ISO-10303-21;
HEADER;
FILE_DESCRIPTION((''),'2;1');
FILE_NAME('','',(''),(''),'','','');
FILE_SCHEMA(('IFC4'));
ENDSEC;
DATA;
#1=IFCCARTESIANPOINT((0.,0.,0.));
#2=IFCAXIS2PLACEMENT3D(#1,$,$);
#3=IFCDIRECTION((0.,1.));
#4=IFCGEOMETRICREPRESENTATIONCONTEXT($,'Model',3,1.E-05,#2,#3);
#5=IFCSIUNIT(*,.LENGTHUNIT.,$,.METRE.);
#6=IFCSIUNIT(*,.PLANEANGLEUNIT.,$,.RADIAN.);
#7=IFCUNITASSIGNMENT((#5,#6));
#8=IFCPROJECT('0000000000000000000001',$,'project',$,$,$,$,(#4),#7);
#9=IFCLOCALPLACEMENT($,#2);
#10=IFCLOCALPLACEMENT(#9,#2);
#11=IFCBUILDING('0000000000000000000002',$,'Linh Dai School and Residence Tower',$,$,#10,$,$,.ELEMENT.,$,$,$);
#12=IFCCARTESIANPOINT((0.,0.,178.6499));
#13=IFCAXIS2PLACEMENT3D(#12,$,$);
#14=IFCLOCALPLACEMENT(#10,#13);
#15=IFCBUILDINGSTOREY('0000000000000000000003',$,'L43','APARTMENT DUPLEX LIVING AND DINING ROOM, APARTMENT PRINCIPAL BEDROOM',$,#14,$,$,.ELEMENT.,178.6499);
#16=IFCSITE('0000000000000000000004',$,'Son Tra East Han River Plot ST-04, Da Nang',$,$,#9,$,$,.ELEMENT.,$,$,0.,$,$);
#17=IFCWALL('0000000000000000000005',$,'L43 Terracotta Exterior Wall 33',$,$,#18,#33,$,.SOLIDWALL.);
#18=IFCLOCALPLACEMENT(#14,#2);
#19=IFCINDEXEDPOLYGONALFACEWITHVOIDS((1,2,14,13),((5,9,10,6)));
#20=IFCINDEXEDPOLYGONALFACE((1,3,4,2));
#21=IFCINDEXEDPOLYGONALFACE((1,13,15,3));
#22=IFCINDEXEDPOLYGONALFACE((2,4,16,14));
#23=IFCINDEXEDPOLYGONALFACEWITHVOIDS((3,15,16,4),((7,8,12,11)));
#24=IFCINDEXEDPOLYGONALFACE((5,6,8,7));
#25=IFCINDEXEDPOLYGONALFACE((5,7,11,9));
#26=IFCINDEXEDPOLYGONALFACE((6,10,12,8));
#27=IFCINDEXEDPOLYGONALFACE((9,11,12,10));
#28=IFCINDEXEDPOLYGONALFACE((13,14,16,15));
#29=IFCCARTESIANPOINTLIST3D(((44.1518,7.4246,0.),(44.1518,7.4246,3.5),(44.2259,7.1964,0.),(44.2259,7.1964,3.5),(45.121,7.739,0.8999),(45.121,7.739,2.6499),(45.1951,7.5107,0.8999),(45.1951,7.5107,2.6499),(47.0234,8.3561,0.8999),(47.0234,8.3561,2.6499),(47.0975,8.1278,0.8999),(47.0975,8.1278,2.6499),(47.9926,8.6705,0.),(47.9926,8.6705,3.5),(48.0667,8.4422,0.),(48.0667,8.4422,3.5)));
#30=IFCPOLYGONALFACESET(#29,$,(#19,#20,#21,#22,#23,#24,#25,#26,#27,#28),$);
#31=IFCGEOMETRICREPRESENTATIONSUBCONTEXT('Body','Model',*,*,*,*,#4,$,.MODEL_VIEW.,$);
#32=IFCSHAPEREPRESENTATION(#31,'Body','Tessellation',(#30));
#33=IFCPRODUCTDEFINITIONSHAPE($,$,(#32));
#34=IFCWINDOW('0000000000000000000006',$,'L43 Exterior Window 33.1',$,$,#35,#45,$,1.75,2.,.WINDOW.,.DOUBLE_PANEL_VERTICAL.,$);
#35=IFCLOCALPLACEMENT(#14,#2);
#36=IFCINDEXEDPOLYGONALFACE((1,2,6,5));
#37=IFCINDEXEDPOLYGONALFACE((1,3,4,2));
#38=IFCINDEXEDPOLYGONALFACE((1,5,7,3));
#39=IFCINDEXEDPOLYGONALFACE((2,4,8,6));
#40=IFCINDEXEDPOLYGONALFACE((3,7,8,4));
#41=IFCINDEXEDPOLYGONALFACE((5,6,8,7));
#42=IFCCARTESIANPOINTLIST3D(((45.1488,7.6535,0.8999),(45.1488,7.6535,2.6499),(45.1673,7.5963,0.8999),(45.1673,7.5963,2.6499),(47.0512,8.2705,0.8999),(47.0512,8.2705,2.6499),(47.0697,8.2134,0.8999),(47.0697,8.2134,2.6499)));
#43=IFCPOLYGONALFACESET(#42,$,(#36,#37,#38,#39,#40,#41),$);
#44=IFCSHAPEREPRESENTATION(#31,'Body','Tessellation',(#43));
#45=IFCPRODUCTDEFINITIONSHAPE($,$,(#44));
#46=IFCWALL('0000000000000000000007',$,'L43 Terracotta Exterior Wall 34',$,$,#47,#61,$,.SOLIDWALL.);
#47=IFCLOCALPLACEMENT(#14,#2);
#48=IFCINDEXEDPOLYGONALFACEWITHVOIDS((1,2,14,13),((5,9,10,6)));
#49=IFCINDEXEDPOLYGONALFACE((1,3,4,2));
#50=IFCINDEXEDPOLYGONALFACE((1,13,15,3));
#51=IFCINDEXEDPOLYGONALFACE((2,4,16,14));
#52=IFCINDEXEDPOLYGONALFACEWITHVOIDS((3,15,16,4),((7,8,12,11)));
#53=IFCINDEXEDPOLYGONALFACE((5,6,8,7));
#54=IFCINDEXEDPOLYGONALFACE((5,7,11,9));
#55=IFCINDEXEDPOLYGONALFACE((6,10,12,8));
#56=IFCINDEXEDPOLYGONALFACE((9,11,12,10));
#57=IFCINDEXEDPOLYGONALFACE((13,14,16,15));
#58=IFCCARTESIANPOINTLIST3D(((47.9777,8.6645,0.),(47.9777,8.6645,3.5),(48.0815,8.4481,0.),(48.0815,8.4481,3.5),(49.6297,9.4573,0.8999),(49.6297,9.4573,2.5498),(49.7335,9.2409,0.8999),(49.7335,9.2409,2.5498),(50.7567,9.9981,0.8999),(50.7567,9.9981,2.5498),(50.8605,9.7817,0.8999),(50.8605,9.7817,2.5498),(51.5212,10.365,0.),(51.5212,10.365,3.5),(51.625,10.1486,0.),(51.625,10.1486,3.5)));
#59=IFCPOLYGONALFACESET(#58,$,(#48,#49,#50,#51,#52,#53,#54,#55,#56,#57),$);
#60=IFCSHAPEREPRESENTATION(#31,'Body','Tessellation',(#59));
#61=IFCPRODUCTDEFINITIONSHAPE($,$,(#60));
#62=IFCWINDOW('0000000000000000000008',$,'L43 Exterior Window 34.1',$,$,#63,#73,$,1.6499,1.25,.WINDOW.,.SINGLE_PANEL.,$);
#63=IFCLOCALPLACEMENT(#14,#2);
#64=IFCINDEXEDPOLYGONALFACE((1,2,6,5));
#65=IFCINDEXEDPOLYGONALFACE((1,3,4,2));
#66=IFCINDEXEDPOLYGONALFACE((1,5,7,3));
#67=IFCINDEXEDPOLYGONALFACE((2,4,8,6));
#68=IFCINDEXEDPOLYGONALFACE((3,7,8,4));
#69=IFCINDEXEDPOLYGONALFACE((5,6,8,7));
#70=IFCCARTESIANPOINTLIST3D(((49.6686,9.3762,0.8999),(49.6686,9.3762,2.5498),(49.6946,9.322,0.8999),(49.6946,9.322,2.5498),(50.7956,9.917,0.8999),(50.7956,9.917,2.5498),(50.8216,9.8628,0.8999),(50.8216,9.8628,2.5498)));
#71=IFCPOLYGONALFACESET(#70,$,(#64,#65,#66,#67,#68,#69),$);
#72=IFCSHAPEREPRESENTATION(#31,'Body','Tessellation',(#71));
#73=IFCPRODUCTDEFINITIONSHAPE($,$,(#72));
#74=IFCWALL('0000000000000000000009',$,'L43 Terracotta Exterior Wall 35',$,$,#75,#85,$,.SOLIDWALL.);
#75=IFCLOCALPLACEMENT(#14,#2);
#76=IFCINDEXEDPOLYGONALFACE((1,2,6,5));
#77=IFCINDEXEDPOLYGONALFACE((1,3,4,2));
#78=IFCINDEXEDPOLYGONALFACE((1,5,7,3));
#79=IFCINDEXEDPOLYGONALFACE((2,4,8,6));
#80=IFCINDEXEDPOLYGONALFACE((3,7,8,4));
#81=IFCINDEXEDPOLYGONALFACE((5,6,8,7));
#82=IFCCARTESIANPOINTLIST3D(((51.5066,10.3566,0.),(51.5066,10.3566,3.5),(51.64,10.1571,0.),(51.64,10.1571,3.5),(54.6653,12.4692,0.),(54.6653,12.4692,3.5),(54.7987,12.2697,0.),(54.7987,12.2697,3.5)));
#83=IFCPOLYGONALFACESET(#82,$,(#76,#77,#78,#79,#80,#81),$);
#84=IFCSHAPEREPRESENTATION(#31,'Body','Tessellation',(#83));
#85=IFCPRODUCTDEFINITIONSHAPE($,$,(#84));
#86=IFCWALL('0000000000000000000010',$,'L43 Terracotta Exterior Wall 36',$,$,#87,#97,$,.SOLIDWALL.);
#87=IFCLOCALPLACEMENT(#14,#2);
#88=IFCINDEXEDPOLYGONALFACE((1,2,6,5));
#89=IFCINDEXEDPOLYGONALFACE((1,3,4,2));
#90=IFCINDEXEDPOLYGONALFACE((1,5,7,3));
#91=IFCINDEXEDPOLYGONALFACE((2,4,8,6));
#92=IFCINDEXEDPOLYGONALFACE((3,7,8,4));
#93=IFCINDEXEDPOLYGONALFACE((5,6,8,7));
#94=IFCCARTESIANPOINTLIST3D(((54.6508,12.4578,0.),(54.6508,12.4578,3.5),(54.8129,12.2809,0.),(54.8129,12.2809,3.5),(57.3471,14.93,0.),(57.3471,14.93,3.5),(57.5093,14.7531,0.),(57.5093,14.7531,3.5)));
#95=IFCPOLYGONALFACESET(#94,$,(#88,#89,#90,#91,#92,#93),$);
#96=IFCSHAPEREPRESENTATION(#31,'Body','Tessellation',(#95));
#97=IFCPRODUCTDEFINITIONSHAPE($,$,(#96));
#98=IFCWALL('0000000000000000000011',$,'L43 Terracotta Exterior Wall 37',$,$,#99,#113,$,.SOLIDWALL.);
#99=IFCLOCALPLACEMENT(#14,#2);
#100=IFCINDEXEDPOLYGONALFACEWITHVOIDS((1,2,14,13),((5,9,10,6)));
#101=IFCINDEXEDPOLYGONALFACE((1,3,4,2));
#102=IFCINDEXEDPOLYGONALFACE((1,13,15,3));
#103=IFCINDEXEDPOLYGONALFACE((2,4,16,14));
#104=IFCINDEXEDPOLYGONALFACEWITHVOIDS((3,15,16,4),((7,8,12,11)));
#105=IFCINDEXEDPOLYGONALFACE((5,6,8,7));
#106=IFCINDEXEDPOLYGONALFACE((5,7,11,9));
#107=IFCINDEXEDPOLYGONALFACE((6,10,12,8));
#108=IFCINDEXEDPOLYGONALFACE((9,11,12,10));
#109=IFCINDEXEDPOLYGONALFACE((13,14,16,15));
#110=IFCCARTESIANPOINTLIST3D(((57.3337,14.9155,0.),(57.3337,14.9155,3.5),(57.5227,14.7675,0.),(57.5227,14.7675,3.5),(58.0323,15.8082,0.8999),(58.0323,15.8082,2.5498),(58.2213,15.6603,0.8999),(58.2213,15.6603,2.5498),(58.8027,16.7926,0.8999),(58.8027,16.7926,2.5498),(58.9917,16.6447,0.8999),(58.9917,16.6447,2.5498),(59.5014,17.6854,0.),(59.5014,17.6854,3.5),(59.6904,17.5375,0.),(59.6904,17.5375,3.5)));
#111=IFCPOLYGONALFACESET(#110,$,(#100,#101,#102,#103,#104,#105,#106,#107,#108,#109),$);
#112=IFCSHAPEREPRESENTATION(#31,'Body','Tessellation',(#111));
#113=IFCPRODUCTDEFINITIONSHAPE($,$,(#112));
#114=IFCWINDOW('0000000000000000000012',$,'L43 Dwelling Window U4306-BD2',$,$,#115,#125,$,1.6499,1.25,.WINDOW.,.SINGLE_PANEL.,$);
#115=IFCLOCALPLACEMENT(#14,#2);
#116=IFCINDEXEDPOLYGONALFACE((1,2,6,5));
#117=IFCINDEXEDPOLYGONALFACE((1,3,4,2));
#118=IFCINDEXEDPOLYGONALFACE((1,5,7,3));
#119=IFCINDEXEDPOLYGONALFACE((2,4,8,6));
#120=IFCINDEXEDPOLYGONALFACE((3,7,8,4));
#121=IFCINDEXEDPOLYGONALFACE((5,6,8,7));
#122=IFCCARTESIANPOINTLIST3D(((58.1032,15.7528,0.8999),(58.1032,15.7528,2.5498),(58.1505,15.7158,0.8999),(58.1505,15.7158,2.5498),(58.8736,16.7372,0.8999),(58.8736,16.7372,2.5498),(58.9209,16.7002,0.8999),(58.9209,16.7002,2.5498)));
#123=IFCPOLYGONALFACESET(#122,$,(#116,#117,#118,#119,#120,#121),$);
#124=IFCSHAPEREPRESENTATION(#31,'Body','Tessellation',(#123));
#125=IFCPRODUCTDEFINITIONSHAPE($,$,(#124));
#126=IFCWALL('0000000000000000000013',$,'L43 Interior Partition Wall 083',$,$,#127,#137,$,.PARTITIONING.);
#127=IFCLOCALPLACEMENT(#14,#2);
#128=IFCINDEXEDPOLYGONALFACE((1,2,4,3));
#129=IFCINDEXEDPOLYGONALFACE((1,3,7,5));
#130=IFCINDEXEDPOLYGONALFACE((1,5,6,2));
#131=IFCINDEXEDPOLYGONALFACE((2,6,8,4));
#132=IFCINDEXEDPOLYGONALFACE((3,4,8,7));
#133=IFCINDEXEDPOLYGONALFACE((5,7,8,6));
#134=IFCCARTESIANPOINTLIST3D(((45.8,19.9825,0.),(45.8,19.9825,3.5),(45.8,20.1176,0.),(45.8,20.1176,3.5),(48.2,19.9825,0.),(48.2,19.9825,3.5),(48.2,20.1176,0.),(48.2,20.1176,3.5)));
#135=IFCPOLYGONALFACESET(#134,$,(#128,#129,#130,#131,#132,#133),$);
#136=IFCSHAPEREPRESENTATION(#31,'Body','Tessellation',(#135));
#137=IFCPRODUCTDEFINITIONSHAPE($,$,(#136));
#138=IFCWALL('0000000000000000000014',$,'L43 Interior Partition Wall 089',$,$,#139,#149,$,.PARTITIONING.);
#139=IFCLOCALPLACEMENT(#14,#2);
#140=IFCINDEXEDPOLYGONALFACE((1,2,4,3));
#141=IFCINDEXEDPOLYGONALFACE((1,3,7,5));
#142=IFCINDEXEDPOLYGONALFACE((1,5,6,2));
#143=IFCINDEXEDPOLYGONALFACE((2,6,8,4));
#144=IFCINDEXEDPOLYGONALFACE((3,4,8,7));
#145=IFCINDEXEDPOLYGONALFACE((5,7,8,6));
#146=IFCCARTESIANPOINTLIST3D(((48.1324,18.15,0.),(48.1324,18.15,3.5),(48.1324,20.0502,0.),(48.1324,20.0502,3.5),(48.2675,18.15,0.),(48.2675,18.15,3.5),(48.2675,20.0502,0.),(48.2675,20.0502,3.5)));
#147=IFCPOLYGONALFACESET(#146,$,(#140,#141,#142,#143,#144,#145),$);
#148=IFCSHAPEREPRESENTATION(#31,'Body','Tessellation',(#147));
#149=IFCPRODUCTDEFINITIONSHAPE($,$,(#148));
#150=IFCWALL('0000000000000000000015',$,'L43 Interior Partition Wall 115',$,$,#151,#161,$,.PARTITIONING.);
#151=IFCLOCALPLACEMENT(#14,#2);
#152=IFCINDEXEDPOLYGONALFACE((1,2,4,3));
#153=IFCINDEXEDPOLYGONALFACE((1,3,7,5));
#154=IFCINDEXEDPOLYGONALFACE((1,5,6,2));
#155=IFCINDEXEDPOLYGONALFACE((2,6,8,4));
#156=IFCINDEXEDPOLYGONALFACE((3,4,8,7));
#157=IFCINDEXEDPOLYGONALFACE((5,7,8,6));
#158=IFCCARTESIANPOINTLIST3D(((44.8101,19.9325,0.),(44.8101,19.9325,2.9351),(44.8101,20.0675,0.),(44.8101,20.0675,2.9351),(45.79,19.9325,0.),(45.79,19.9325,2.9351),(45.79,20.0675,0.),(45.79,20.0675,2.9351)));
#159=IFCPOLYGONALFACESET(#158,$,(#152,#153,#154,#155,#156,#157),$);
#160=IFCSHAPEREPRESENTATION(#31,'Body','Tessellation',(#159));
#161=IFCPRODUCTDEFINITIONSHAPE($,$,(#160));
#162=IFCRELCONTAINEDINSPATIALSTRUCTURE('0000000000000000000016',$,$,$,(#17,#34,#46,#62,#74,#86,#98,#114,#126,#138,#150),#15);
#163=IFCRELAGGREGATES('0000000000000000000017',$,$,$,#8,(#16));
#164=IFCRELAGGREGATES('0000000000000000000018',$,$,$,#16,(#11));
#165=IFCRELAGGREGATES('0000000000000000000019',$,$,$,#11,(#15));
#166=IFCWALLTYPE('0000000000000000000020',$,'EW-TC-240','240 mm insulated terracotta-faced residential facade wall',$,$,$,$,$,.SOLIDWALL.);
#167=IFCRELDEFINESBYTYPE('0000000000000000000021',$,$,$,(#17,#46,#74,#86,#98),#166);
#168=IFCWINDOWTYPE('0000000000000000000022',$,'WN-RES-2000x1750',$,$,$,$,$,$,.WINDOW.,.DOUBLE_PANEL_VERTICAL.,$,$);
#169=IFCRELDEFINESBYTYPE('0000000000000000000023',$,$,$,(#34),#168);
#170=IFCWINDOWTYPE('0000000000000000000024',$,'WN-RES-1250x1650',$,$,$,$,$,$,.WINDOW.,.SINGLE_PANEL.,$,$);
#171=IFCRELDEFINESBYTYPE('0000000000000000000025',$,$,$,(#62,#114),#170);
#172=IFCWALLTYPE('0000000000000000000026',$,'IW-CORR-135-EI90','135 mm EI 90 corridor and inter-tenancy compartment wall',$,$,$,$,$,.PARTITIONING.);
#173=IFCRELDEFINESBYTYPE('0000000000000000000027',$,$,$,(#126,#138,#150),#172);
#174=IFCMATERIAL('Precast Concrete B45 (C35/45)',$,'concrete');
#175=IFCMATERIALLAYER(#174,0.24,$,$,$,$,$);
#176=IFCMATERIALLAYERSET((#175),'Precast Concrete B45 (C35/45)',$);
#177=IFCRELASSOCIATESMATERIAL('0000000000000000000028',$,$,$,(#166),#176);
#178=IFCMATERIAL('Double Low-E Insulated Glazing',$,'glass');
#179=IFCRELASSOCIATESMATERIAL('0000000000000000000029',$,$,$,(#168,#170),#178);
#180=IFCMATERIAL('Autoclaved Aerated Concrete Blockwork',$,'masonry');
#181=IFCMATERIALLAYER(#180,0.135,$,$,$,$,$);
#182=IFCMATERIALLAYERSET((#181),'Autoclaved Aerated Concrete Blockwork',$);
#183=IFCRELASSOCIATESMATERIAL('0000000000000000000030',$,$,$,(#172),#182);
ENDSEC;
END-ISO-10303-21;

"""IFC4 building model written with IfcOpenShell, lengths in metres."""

from ifc_helpers import new_model, si_unit, direction, frame, frame_2d, origin, origin_2d, place, context, subcontext, project, spatial, rectangle, extrude, source, transform, mapped, material, layer, layer_set, type_object, element, fill, save


model = new_model("IFC4")

# Units and contexts
model_context = context("Model", 3, precision=1e-05, world=origin(), true_north=direction((0.0, 1.0)))
body_context = subcontext(model_context, "Body", "Model", "MODEL_VIEW")
ifc_project = project(units=[si_unit("LENGTHUNIT", "METRE"), si_unit("PLANEANGLEUNIT", "RADIAN")], contexts=[model_context])

# Site, building, storey
site_placement = place(None, origin())
site = spatial("IfcSite", under=ifc_project, at=site_placement, Name="Son Tra East Han River Plot ST-04, Da Nang", CompositionType="ELEMENT", RefElevation=0.0)
building_placement = place(site_placement, origin())
building = spatial("IfcBuilding", under=site, at=building_placement, Name="Linh Dai School and Residence Tower", CompositionType="ELEMENT")
storey_placement = place(building_placement, frame((0.0, 0.0, 178.6499)))
storey = spatial("IfcBuildingStorey", under=building, at=storey_placement, Name="L43", Description="APARTMENT DUPLEX LIVING AND DINING ROOM, APARTMENT PRINCIPAL BEDROOM", CompositionType="ELEMENT", Elevation=178.6499)

# Shared definitions
ifc_material_1 = material(Name="Precast Concrete B45 (C35/45)", Category="concrete")

# Walls, openings, windows
ifc_layer_1 = layer(ifc_material_1, 0.24)
ifc_layer_set_1 = layer_set([ifc_layer_1], Name="Precast Concrete B45 (C35/45)")
wall_type_1 = type_object("IfcWallType", Name="EW-TC-240", Description="240 mm insulated terracotta-faced residential facade wall", PredefinedType="SOLIDWALL", material=ifc_layer_set_1)
wall_1_placement = place(storey_placement, frame((48.0298, 8.5564, 0.0), z_axis=(0.0, 0.0, 1.0), x_axis=(-0.95121, -0.308545, 0.0)))
wall_1 = element("IfcWall", 1, at=wall_1_placement, inside=storey, type_object=wall_type_1, Name="L43 Terracotta Exterior Wall 33", PredefinedType="SOLIDWALL", context=body_context, shape_type="SweptSolid", body=[
    extrude(rectangle(XDim=4.0378, YDim=0.24, at=frame_2d((2.019, 0.0))), origin(), (0.0, 0.0, 1.0), 3.5),
])
opening_1_placement = place(wall_1_placement, frame((1.019, 0.0, 0.8999)))
opening_1 = element("IfcOpeningElement", 2, at=opening_1_placement, cuts=wall_1, PredefinedType="OPENING", context=body_context, shape_type="SweptSolid", body=[
    extrude(rectangle(XDim=2.0, YDim=1.75, at=origin_2d()), frame((1.0, 0.1299, 0.875), z_axis=(0.0, -1.0, 0.0), x_axis=(1.0, 0.0, 0.0)), (0.0, 0.0, 1.0), 0.26),
])
ifc_material_2 = material(Name="Double Low-E Insulated Glazing", Category="glass")
window_type_1 = type_object("IfcWindowType", Name="WN-RES-2000x1750", PartitioningType="DOUBLE_PANEL_VERTICAL", PredefinedType="WINDOW", material=ifc_material_2)
shared_shape_1 = source(origin(), body_context, "Body", "SweptSolid", [
    extrude(rectangle(XDim=2.0, YDim=1.75, at=origin_2d()), frame((1.0, 0.03, 0.875), z_axis=(0.0, -1.0, 0.0), x_axis=(1.0, 0.0, 0.0)), (0.0, 0.0, 1.0), 0.0601),
])
window_1_placement = place(opening_1_placement, origin())
window_1 = element("IfcWindow", 3, at=window_1_placement, inside=storey, type_object=window_type_1, Name="L43 Exterior Window 33.1", OverallHeight=1.75, OverallWidth=2.0, PartitioningType="DOUBLE_PANEL_VERTICAL", PredefinedType="WINDOW", context=body_context, shape_type="MappedRepresentation", body=[
    mapped(shared_shape_1, transform((0.0, 0.0, 0.0), x_axis=(1.0, 0.0, 0.0), y_axis=(0.0, 1.0, 0.0), z_axis=(0.0, 0.0, 1.0), scale=1.0)),
])
fill(opening_1, window_1)
wall_2_placement = place(storey_placement, frame((51.5732, 10.2568, 0.0), z_axis=(0.0, 0.0, 1.0), x_axis=(-0.901565, -0.432644, 0.0)))
wall_2 = element("IfcWall", 4, at=wall_2_placement, inside=storey, type_object=wall_type_1, Name="L43 Terracotta Exterior Wall 34", PredefinedType="SOLIDWALL", context=body_context, shape_type="SweptSolid", body=[
    extrude(rectangle(XDim=3.9304, YDim=0.24, at=frame_2d((1.9653, 0.0))), origin(), (0.0, 0.0, 1.0), 3.5),
])
opening_2_placement = place(wall_2_placement, frame((0.8481, 0.0, 0.8999)))
opening_2 = element("IfcOpeningElement", 5, at=opening_2_placement, cuts=wall_2, PredefinedType="OPENING", context=body_context, shape_type="SweptSolid", body=[
    extrude(rectangle(XDim=1.25, YDim=1.6499, at=origin_2d()), frame((0.625, 0.1299, 0.825), z_axis=(0.0, -1.0, 0.0), x_axis=(1.0, 0.0, 0.0)), (0.0, 0.0, 1.0), 0.26),
])
window_type_2 = type_object("IfcWindowType", Name="WN-RES-1250x1650", PartitioningType="SINGLE_PANEL", PredefinedType="WINDOW", material=ifc_material_2)
shared_shape_2 = source(origin(), body_context, "Body", "SweptSolid", [
    extrude(rectangle(XDim=1.25, YDim=1.6499, at=origin_2d()), frame((0.625, 0.03, 0.825), z_axis=(0.0, -1.0, 0.0), x_axis=(1.0, 0.0, 0.0)), (0.0, 0.0, 1.0), 0.0601),
])
window_2_placement = place(opening_2_placement, origin())
window_2 = element("IfcWindow", 6, at=window_2_placement, inside=storey, type_object=window_type_2, Name="L43 Exterior Window 34.1", OverallHeight=1.6499, OverallWidth=1.25, PartitioningType="SINGLE_PANEL", PredefinedType="WINDOW", context=body_context, shape_type="MappedRepresentation", body=[
    mapped(shared_shape_2, transform((0.0, 0.0, 0.0), x_axis=(1.0, 0.0, 0.0), y_axis=(0.0, 1.0, 0.0), z_axis=(0.0, 0.0, 1.0), scale=1.0)),
])
fill(opening_2, window_2)

# Walls
wall_3_placement = place(storey_placement, frame((54.7319, 12.3694, 0.0), z_axis=(0.0, 0.0, 1.0), x_axis=(-0.831229, -0.55593, 0.0)))
element("IfcWall", 7, at=wall_3_placement, inside=storey, type_object=wall_type_1, Name="L43 Terracotta Exterior Wall 35", PredefinedType="SOLIDWALL", context=body_context, shape_type="SweptSolid", body=[
    extrude(rectangle(XDim=3.8, YDim=0.24, at=frame_2d((1.8999, 0.0))), origin(), (0.0, 0.0, 1.0), 3.5),
])
wall_4_placement = place(storey_placement, frame((57.4282, 14.8416, 0.0), z_axis=(0.0, 0.0, 1.0), x_axis=(-0.737077, -0.675809, 0.0)))
element("IfcWall", 8, at=wall_4_placement, inside=storey, type_object=wall_type_1, Name="L43 Terracotta Exterior Wall 36", PredefinedType="SOLIDWALL", context=body_context, shape_type="SweptSolid", body=[
    extrude(rectangle(XDim=3.6582, YDim=0.24, at=frame_2d((1.8291, 0.0))), origin(), (0.0, 0.0, 1.0), 3.5),
])

# Wall, opening, window
wall_5_placement = place(storey_placement, frame((59.5959, 17.6116, 0.0), z_axis=(0.0, 0.0, 1.0), x_axis=(-0.616288, -0.787521, 0.0)))
wall_5 = element("IfcWall", 9, at=wall_5_placement, inside=storey, type_object=wall_type_1, Name="L43 Terracotta Exterior Wall 37", PredefinedType="SOLIDWALL", context=body_context, shape_type="SweptSolid", body=[
    extrude(rectangle(XDim=3.5173, YDim=0.24, at=frame_2d((1.7588, 0.0))), origin(), (0.0, 0.0, 1.0), 3.5),
])
opening_3_placement = place(wall_5_placement, frame((1.1338, 0.0, 0.8999)))
opening_3 = element("IfcOpeningElement", 10, at=opening_3_placement, cuts=wall_5, PredefinedType="OPENING", context=body_context, shape_type="SweptSolid", body=[
    extrude(rectangle(XDim=1.25, YDim=1.6499, at=origin_2d()), frame((0.625, 0.1299, 0.825), z_axis=(0.0, -1.0, 0.0), x_axis=(1.0, 0.0, 0.0)), (0.0, 0.0, 1.0), 0.26),
])
window_3_placement = place(opening_3_placement, origin())
window_3 = element("IfcWindow", 11, at=window_3_placement, inside=storey, type_object=window_type_2, Name="L43 Dwelling Window U4306-BD2", OverallHeight=1.6499, OverallWidth=1.25, PartitioningType="SINGLE_PANEL", PredefinedType="WINDOW", context=body_context, shape_type="MappedRepresentation", body=[
    mapped(shared_shape_2, transform((0.0, 0.0, 0.0), x_axis=(1.0, 0.0, 0.0), y_axis=(0.0, 1.0, 0.0), z_axis=(0.0, 0.0, 1.0), scale=1.0)),
])
fill(opening_3, window_3)

# Walls
ifc_material_3 = material(Name="Autoclaved Aerated Concrete Blockwork", Category="masonry")
ifc_layer_2 = layer(ifc_material_3, 0.135)
ifc_layer_set_2 = layer_set([ifc_layer_2], Name="Autoclaved Aerated Concrete Blockwork")
wall_type_2 = type_object("IfcWallType", Name="IW-CORR-135-EI90", Description="135 mm EI 90 corridor and inter-tenancy compartment wall", PredefinedType="PARTITIONING", material=ifc_layer_set_2)
wall_6_placement = place(storey_placement, frame((45.8, 20.05, 0.0), z_axis=(0.0, 0.0, 1.0), x_axis=(1.0, 0.0, 0.0)))
element("IfcWall", 12, at=wall_6_placement, inside=storey, type_object=wall_type_2, Name="L43 Interior Partition Wall 083", PredefinedType="PARTITIONING", context=body_context, shape_type="SweptSolid", body=[
    extrude(rectangle(XDim=2.3999, YDim=0.135, at=frame_2d((1.2, 0.0))), origin(), (0.0, 0.0, 1.0), 3.5),
])
wall_7_placement = place(storey_placement, frame((48.2, 18.1499, 0.0), z_axis=(0.0, 0.0, 1.0), x_axis=(0.0, 1.0, 0.0)))
element("IfcWall", 13, at=wall_7_placement, inside=storey, type_object=wall_type_2, Name="L43 Interior Partition Wall 089", PredefinedType="PARTITIONING", context=body_context, shape_type="SweptSolid", body=[
    extrude(rectangle(XDim=1.9001, YDim=0.135, at=frame_2d((0.9502, 0.0))), origin(), (0.0, 0.0, 1.0), 3.5),
])
wall_8_placement = place(storey_placement, frame((44.8101, 20.0, 0.0), z_axis=(0.0, 0.0, 1.0), x_axis=(1.0, 0.0, 0.0)))
element("IfcWall", 14, at=wall_8_placement, inside=storey, type_object=wall_type_2, Name="L43 Interior Partition Wall 115", PredefinedType="PARTITIONING", context=body_context, shape_type="SweptSolid", body=[
    extrude(rectangle(XDim=0.98, YDim=0.135, at=frame_2d((0.49, 0.0))), origin(), (0.0, 0.0, 1.0), 2.9351),
])

save(model, "model.ifc")
